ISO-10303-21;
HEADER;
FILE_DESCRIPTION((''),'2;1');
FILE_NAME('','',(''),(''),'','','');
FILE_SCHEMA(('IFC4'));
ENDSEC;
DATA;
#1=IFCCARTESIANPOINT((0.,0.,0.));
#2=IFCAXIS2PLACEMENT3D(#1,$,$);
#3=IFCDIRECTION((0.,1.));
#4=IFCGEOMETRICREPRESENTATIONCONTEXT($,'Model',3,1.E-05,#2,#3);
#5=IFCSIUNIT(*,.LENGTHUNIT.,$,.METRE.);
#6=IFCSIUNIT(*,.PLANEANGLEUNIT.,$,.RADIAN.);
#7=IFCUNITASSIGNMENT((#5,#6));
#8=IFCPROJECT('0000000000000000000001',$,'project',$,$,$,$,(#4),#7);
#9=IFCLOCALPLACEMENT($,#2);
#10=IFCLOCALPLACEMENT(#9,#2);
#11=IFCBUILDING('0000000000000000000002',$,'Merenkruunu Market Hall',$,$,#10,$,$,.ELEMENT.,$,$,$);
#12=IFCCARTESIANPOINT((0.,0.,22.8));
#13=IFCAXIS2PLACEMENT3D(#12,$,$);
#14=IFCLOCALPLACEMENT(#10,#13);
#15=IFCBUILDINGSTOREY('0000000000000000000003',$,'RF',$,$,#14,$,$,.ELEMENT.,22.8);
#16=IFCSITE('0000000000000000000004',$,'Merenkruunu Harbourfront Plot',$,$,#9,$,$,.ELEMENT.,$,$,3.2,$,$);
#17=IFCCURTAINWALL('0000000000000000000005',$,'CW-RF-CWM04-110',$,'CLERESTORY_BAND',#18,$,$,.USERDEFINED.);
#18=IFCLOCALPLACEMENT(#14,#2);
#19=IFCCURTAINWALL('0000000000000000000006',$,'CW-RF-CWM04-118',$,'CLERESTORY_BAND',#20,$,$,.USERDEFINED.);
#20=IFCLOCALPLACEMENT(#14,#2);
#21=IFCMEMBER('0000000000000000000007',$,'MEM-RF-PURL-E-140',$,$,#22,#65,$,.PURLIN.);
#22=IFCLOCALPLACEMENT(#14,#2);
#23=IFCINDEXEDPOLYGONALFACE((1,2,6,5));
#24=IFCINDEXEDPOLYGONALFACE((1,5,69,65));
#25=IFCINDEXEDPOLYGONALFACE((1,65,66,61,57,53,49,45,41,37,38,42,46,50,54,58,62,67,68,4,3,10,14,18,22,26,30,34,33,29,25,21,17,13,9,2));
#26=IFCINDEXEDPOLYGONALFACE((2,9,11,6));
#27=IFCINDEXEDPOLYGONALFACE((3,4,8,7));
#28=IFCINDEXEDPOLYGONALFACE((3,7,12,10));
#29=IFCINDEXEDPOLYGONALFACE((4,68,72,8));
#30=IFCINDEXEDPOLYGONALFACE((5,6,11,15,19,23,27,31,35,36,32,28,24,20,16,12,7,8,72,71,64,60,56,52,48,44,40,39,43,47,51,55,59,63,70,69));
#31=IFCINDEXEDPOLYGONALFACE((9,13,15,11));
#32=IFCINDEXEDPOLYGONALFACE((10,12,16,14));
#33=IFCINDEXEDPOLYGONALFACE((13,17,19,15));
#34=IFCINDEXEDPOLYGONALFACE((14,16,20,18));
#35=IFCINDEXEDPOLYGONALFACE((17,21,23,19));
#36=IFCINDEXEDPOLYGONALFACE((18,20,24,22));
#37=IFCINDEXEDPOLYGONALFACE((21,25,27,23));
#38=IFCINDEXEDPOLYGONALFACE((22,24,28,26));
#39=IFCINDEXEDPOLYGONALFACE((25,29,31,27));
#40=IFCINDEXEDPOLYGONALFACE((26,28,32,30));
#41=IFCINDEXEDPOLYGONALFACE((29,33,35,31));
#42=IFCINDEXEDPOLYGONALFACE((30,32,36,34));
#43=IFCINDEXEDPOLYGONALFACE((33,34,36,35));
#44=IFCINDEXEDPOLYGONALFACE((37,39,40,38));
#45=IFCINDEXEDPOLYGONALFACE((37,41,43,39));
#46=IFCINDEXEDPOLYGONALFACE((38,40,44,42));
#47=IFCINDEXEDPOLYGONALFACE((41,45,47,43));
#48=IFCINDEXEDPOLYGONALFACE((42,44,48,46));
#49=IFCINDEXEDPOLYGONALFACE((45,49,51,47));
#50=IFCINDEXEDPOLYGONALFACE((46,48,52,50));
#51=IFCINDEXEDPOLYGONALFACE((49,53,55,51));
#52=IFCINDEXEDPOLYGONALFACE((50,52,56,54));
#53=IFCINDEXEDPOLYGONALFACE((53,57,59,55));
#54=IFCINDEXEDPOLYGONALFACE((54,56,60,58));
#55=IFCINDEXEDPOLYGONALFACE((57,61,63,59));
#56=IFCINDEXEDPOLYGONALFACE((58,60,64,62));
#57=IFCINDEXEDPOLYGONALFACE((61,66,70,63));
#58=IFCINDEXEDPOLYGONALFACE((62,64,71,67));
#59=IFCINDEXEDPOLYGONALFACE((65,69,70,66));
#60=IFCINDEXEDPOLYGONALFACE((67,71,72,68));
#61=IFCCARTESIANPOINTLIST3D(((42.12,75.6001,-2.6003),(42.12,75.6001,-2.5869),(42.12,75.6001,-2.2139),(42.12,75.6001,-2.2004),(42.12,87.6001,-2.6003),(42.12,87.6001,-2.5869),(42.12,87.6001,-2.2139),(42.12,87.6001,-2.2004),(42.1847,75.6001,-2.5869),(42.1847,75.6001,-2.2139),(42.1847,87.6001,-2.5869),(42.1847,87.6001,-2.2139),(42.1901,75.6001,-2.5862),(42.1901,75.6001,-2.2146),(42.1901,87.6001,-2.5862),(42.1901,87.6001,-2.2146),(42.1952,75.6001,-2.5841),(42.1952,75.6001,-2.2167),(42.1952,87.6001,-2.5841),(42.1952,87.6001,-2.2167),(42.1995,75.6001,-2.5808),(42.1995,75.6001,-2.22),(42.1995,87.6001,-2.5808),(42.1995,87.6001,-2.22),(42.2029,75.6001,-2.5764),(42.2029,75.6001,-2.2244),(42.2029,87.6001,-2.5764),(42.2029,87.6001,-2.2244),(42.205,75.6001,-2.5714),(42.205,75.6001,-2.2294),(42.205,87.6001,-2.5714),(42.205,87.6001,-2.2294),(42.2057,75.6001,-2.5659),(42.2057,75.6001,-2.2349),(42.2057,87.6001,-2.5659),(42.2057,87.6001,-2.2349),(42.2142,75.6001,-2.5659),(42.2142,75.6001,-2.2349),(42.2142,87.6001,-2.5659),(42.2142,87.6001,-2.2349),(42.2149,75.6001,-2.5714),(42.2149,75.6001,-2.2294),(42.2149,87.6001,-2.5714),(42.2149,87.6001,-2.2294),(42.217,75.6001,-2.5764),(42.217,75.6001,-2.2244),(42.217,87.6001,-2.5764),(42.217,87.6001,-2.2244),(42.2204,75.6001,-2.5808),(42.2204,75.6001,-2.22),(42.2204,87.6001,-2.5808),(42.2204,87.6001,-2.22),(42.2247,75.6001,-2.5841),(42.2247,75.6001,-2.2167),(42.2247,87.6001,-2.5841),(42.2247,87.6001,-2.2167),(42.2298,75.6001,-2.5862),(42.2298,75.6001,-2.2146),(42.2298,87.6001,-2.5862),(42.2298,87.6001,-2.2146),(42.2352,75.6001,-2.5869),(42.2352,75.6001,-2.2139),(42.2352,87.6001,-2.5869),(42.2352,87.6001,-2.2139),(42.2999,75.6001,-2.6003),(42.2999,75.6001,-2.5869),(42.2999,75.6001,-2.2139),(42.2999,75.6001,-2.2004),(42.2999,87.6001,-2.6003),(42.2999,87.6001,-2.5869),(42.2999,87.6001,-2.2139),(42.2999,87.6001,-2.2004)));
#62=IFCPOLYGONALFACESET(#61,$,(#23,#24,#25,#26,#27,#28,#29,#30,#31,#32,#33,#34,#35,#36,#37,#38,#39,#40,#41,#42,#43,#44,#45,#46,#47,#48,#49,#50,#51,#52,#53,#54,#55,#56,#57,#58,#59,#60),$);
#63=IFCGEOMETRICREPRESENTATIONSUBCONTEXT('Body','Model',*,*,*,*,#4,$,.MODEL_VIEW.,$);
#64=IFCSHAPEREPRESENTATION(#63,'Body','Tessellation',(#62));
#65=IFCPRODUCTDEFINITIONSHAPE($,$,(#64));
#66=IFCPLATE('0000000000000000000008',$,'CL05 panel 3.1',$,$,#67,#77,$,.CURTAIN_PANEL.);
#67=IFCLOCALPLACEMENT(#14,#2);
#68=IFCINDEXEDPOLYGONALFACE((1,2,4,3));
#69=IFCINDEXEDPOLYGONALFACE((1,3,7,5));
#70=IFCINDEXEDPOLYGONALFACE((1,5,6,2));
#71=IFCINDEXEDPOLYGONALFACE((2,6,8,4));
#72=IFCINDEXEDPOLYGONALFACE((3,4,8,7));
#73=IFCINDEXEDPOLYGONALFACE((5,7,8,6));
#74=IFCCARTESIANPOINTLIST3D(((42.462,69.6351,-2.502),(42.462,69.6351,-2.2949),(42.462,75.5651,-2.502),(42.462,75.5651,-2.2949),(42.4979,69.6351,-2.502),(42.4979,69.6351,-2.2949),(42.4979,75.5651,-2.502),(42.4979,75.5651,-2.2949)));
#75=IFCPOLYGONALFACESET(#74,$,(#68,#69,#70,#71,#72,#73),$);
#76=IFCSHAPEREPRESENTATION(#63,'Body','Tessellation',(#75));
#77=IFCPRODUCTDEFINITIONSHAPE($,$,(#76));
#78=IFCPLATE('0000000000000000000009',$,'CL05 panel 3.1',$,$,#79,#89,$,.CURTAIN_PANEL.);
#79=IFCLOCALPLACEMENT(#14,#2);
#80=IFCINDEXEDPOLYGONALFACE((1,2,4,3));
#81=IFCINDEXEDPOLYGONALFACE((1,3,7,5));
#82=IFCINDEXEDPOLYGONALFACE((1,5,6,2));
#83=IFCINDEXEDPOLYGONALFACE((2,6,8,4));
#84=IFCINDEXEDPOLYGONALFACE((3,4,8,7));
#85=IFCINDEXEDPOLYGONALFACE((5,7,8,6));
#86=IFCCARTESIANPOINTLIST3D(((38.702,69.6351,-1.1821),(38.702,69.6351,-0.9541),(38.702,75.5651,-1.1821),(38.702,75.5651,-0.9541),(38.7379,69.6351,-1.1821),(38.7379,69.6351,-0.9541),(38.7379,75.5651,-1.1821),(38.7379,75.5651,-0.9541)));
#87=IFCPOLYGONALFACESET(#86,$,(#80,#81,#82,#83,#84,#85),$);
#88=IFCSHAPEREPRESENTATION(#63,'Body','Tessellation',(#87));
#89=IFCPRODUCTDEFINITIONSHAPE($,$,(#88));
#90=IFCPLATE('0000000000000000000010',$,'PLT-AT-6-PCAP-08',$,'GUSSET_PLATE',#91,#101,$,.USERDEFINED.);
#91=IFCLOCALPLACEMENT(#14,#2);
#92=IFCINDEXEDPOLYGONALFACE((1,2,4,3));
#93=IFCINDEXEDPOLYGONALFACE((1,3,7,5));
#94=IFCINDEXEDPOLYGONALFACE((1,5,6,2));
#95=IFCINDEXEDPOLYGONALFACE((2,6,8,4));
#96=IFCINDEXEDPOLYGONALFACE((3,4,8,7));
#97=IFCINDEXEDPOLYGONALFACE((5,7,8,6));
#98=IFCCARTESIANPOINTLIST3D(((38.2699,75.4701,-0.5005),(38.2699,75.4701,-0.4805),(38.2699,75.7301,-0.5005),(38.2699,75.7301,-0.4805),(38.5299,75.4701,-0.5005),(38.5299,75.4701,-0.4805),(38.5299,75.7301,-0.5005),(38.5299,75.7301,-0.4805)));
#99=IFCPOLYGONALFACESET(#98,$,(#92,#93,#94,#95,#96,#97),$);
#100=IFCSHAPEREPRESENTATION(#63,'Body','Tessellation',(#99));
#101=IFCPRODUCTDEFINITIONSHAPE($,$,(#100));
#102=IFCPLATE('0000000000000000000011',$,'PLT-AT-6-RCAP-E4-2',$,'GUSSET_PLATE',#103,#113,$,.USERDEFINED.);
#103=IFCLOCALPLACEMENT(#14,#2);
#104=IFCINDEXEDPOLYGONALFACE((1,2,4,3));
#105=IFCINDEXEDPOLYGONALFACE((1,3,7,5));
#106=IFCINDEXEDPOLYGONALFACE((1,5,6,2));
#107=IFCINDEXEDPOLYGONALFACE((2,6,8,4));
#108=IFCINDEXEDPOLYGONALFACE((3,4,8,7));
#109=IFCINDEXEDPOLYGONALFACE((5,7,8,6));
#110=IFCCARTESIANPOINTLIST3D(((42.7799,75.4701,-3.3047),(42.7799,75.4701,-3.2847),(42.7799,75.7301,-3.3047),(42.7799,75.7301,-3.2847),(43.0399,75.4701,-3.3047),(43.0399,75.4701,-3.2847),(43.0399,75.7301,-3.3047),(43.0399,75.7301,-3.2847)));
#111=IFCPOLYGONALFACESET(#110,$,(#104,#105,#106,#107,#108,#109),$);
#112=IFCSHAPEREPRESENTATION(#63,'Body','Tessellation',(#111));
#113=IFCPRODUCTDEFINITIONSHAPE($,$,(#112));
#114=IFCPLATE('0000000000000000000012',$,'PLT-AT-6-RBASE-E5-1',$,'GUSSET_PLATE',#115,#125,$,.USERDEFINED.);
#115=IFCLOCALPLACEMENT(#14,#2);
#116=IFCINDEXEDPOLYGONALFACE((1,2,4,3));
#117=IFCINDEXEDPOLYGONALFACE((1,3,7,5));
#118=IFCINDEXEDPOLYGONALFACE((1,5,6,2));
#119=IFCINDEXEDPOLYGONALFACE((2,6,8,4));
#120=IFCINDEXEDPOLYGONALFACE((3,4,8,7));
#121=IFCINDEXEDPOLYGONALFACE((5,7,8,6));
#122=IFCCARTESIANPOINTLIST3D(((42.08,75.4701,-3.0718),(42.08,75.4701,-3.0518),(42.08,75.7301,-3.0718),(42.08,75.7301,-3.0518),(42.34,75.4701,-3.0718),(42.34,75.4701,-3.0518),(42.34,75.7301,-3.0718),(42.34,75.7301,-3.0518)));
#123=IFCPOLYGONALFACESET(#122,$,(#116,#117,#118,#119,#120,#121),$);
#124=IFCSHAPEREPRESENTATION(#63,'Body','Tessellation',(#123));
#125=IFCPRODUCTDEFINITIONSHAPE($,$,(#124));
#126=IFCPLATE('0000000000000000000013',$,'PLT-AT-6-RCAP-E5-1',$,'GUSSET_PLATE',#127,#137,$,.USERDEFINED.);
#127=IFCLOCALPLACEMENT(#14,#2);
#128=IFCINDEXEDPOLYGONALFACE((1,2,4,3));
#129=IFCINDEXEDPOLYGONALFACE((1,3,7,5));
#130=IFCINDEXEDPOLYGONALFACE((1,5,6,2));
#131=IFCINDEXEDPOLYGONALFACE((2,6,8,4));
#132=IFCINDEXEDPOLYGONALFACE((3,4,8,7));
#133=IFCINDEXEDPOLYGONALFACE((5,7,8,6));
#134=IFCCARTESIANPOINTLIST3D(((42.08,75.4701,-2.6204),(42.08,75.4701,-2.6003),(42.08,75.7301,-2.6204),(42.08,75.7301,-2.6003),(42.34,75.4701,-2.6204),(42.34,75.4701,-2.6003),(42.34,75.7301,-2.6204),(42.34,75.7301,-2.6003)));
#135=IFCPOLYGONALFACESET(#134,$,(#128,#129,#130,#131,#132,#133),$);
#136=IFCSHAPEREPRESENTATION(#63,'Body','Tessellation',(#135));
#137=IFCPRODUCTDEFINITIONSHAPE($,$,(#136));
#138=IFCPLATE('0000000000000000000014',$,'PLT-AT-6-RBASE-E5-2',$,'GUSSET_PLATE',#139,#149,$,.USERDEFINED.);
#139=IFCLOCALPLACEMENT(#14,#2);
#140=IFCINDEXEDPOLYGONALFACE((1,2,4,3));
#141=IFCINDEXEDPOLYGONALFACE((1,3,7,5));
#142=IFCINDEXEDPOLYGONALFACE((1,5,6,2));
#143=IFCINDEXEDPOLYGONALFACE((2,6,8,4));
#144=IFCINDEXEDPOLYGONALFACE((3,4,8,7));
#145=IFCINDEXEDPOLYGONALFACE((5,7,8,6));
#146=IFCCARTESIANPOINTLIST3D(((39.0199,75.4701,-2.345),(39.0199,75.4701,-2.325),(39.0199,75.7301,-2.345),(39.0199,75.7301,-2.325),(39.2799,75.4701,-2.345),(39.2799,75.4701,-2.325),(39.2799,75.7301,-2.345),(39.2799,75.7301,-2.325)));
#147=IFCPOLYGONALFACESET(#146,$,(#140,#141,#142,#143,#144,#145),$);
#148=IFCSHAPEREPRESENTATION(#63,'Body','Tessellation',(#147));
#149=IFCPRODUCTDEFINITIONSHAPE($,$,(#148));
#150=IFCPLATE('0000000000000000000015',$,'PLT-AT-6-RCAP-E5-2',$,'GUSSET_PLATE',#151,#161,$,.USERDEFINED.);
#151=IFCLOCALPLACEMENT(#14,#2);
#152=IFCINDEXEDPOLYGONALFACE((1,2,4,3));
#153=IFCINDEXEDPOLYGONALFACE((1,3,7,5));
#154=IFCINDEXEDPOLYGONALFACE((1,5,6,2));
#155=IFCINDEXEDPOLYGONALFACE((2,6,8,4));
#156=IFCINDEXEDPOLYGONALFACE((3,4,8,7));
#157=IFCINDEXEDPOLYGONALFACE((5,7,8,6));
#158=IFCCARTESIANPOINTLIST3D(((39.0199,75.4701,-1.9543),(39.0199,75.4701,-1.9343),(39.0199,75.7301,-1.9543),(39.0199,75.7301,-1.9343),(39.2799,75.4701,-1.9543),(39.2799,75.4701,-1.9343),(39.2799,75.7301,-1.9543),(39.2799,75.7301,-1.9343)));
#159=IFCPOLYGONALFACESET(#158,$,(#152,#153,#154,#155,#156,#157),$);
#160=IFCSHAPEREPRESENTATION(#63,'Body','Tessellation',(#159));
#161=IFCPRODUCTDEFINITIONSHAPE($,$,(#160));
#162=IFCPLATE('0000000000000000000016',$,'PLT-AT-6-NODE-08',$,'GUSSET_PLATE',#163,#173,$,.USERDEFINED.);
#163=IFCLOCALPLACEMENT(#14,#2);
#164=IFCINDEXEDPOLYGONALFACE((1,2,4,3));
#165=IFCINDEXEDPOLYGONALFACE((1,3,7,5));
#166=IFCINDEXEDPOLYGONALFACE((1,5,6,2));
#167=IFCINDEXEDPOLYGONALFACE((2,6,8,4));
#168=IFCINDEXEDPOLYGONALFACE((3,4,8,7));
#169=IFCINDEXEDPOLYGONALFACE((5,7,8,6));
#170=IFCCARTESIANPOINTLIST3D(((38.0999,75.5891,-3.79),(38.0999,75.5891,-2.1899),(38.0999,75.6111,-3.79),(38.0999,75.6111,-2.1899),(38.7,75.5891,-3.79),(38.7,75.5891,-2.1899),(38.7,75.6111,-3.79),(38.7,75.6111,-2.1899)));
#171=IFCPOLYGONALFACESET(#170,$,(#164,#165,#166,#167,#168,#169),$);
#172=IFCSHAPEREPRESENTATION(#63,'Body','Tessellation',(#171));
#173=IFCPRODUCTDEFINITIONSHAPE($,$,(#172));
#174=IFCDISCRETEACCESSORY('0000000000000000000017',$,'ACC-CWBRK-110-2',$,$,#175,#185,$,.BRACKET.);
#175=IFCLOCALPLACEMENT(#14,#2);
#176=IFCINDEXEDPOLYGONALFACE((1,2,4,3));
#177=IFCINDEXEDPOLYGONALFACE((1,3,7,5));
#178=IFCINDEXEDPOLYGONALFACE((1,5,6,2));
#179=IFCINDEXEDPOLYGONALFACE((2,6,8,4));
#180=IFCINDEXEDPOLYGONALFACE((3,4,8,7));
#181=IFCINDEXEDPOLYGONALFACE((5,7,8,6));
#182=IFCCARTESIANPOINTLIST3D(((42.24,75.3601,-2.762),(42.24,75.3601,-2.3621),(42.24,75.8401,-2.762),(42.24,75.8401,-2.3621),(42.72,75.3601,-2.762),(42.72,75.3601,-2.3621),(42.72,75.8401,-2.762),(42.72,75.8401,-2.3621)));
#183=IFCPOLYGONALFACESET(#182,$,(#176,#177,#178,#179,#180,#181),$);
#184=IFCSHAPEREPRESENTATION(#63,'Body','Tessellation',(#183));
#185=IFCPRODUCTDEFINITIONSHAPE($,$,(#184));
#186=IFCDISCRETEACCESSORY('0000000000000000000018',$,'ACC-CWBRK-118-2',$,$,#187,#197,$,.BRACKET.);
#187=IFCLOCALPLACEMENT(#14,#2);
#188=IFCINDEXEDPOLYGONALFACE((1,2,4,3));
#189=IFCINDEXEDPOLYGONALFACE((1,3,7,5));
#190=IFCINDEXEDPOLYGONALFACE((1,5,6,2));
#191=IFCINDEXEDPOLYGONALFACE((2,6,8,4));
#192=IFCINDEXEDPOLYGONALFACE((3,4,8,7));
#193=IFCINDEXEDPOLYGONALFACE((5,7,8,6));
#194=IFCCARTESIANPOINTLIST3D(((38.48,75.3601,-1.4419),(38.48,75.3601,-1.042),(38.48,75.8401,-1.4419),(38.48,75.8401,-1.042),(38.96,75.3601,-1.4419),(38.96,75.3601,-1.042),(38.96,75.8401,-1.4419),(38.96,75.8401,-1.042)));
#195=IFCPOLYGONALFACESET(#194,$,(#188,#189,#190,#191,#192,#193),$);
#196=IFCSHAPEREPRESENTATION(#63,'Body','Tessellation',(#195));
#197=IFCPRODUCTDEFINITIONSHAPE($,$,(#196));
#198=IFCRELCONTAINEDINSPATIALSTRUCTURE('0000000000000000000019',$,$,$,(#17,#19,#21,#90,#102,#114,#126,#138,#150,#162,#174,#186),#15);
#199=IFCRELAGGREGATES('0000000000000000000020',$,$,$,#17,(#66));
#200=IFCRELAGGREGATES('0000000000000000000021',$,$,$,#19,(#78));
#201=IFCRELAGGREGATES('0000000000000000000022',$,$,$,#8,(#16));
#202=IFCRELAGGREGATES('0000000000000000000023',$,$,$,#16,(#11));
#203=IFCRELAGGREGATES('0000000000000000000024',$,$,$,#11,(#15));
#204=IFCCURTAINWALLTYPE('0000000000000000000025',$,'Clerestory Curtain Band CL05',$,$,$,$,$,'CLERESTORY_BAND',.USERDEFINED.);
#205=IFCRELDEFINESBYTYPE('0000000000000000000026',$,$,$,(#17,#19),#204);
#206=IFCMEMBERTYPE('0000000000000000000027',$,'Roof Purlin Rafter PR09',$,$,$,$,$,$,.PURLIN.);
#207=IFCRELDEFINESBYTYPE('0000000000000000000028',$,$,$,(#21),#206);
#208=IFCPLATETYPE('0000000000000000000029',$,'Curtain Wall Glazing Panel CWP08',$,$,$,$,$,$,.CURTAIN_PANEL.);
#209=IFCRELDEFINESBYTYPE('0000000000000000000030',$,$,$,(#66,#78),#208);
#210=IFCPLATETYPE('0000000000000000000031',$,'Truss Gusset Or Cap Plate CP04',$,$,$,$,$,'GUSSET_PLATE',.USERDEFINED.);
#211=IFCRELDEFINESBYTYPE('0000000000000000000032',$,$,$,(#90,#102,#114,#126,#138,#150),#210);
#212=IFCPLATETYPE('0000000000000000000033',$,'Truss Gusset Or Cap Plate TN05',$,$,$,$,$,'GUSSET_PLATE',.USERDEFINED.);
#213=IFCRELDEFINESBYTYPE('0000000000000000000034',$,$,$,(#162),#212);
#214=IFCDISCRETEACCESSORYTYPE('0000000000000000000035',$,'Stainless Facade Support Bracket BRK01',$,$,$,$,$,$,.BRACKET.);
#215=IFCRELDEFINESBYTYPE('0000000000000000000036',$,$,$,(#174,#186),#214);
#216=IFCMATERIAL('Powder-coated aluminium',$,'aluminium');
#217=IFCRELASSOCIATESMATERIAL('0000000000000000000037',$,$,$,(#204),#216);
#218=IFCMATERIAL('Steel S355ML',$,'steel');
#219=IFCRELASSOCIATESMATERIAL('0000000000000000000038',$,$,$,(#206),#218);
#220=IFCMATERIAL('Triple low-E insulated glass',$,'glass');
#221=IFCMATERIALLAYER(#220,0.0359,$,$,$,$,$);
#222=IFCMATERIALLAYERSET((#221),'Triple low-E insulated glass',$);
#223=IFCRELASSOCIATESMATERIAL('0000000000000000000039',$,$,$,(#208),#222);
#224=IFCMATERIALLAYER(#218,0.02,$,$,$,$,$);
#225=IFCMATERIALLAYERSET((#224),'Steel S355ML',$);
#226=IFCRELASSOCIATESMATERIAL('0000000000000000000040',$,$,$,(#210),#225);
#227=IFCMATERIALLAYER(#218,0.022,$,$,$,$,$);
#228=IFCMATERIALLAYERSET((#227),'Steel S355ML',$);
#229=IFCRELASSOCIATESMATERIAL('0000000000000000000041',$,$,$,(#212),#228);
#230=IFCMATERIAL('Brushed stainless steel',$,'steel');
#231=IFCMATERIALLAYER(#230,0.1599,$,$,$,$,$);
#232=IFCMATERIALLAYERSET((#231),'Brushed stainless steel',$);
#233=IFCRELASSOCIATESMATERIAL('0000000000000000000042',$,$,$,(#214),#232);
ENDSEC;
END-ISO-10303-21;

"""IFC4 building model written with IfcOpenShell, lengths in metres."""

from ifc_helpers import new_model, si_unit, direction, frame, origin, origin_2d, place, context, subcontext, project, spatial, rectangle, i_section, extrude, material, layer, layer_set, material_profile, profile_set, type_object, element, aggregate, save


model = new_model("IFC4")

# Units and contexts
model_context = context("Model", 3, precision=1e-05, world=origin(), true_north=direction((0.0, 1.0)))
body_context = subcontext(model_context, "Body", "Model", "MODEL_VIEW")
ifc_project = project(units=[si_unit("LENGTHUNIT", "METRE"), si_unit("PLANEANGLEUNIT", "RADIAN")], contexts=[model_context])

# Site, building, storey
site_placement = place(None, origin())
site = spatial("IfcSite", under=ifc_project, at=site_placement, Name="Merenkruunu Harbourfront Plot", CompositionType="ELEMENT", RefElevation=3.2)
building_placement = place(site_placement, origin())
building = spatial("IfcBuilding", under=site, at=building_placement, Name="Merenkruunu Market Hall", CompositionType="ELEMENT")
storey_placement = place(building_placement, frame((0.0, 0.0, 22.8)))
storey = spatial("IfcBuildingStorey", under=building, at=storey_placement, Name="RF", CompositionType="ELEMENT", Elevation=22.8)

# Shared definitions
ifc_material_1 = material(Name="Steel S355ML", Category="steel")

# Curtain walls
ifc_material_2 = material(Name="Powder-coated aluminium", Category="aluminium")
curtain_wall_type = type_object("IfcCurtainWallType", Name="Clerestory Curtain Band CL05", ElementType="CLERESTORY_BAND", PredefinedType="USERDEFINED", material=ifc_material_2)
curtain_wall_1_placement = place(storey_placement, origin())
curtain_wall_1 = element("IfcCurtainWall", 1, at=curtain_wall_1_placement, inside=storey, type_object=curtain_wall_type, Name="CW-RF-CWM04-110", ObjectType="CLERESTORY_BAND", PredefinedType="USERDEFINED")
curtain_wall_2_placement = place(storey_placement, origin())
curtain_wall_2 = element("IfcCurtainWall", 2, at=curtain_wall_2_placement, inside=storey, type_object=curtain_wall_type, Name="CW-RF-CWM04-118", ObjectType="CLERESTORY_BAND", PredefinedType="USERDEFINED")

# Member
ifc_material_profile_1 = material_profile(ifc_material_1, i_section(OverallWidth=0.1799, OverallDepth=0.3999, WebThickness=0.0085, FlangeThickness=0.0134, FilletRadius=0.021, at=origin_2d()), Name="IPE 400")
ifc_profile_set_1 = profile_set([ifc_material_profile_1], Name="Steel S355ML")
member_type_1 = type_object("IfcMemberType", Name="Roof Purlin Rafter PR09", PredefinedType="PURLIN", material=ifc_profile_set_1)
member_1_placement = place(storey_placement, frame((42.21, 75.6001, -2.4004), z_axis=(0.0, 1.0, 0.0), x_axis=(-1.0, 0.0, 0.0)))
element("IfcMember", 3, at=member_1_placement, inside=storey, type_object=member_type_1, Name="MEM-RF-PURL-E-140", PredefinedType="PURLIN", context=body_context, shape_type="SweptSolid", body=[
    extrude(i_section(OverallWidth=0.1799, OverallDepth=0.3999, WebThickness=0.0085, FlangeThickness=0.0134, FilletRadius=0.021, at=origin_2d()), origin(), (0.0, 0.0, 1.0), 12.0),
])

# Plates
ifc_material_3 = material(Name="Triple low-E insulated glass", Category="glass")
ifc_layer_1 = layer(ifc_material_3, 0.0359)
ifc_layer_set_1 = layer_set([ifc_layer_1], Name="Triple low-E insulated glass")
plate_type_1 = type_object("IfcPlateType", Name="Curtain Wall Glazing Panel CWP08", PredefinedType="CURTAIN_PANEL", material=ifc_layer_set_1)
plate_1_placement = place(storey_placement, frame((42.48, 72.6001, -2.502), z_axis=(0.0, 0.0, 1.0), x_axis=(0.0, -1.0, 0.0)))
plate_1 = element("IfcPlate", 4, at=plate_1_placement, type_object=plate_type_1, Name="CL05 panel 3.1", PredefinedType="CURTAIN_PANEL", context=body_context, shape_type="SweptSolid", body=[
    extrude(rectangle(XDim=5.9299, YDim=0.0359, at=origin_2d()), origin(), (0.0, 0.0, 1.0), 0.207),
])
aggregate(curtain_wall_1, [plate_1])
plate_2_placement = place(storey_placement, frame((38.72, 72.6001, -1.1821), z_axis=(0.0, 0.0, 1.0), x_axis=(0.0, -1.0, 0.0)))
plate_2 = element("IfcPlate", 5, at=plate_2_placement, type_object=plate_type_1, Name="CL05 panel 3.1", PredefinedType="CURTAIN_PANEL", context=body_context, shape_type="SweptSolid", body=[
    extrude(rectangle(XDim=5.9299, YDim=0.0359, at=origin_2d()), origin(), (0.0, 0.0, 1.0), 0.228),
])
aggregate(curtain_wall_2, [plate_2])

# Plates
ifc_layer_2 = layer(ifc_material_1, 0.02)
ifc_layer_set_2 = layer_set([ifc_layer_2], Name="Steel S355ML")
plate_type_2 = type_object("IfcPlateType", Name="Truss Gusset Or Cap Plate CP04", ElementType="GUSSET_PLATE", PredefinedType="USERDEFINED", material=ifc_layer_set_2)
for number, where, z_axis, x_axis, name in (
    (6, (38.3999, 75.6001, -0.5005), (0.0, 0.0, 1.0), (1.0, 0.0, 0.0), "PLT-AT-6-PCAP-08"),
    (7, (42.9099, 75.6001, -3.3047), (0.0, 0.0, 1.0), (1.0, 0.0, 0.0), "PLT-AT-6-RCAP-E4-2"),
    (8, (42.21, 75.6001, -3.0718), (0.0, 0.0, 1.0), (1.0, 0.0, 0.0), "PLT-AT-6-RBASE-E5-1"),
    (9, (42.21, 75.6001, -2.6204), (0.0, 0.0, 1.0), (1.0, 0.0, 0.0), "PLT-AT-6-RCAP-E5-1"),
    (10, (39.1499, 75.6001, -2.345), (0.0, 0.0, 1.0), (1.0, 0.0, 0.0), "PLT-AT-6-RBASE-E5-2"),
    (11, (39.1499, 75.6001, -1.9543), (0.0, 0.0, 1.0), (1.0, 0.0, 0.0), "PLT-AT-6-RCAP-E5-2"),
):
    element("IfcPlate", number, at=place(storey_placement, frame(where, z_axis=z_axis, x_axis=x_axis)), inside=storey, type_object=plate_type_2, Name=name, ObjectType="GUSSET_PLATE", PredefinedType="USERDEFINED", context=body_context, shape_type="SweptSolid", body=[
        extrude(rectangle(XDim=0.26, YDim=0.26, at=origin_2d()), origin(), (0.0, 0.0, 1.0), 0.02),
    ])
ifc_layer_3 = layer(ifc_material_1, 0.022)
ifc_layer_set_3 = layer_set([ifc_layer_3], Name="Steel S355ML")
plate_type_3 = type_object("IfcPlateType", Name="Truss Gusset Or Cap Plate TN05", ElementType="GUSSET_PLATE", PredefinedType="USERDEFINED", material=ifc_layer_set_3)
plate_3_placement = place(storey_placement, frame((38.3999, 75.6001, -3.79), z_axis=(0.0, 0.0, 1.0), x_axis=(1.0, 0.0, 0.0)))
element("IfcPlate", 12, at=plate_3_placement, inside=storey, type_object=plate_type_3, Name="PLT-AT-6-NODE-08", ObjectType="GUSSET_PLATE", PredefinedType="USERDEFINED", context=body_context, shape_type="SweptSolid", body=[
    extrude(rectangle(XDim=0.6001, YDim=0.022, at=origin_2d()), origin(), (0.0, 0.0, 1.0), 1.6001),
])

# Discrete accessories
ifc_material_4 = material(Name="Brushed stainless steel", Category="steel")
ifc_layer_4 = layer(ifc_material_4, 0.1599)
ifc_layer_set_4 = layer_set([ifc_layer_4], Name="Brushed stainless steel")
discrete_accessory_type = type_object("IfcDiscreteAccessoryType", Name="Stainless Facade Support Bracket BRK01", PredefinedType="BRACKET", material=ifc_layer_set_4)
for number, where, z_axis, x_axis, name in (
    (13, (42.48, 75.6001, -2.762), (0.0, 0.0, 1.0), (1.0, 0.0, 0.0), "ACC-CWBRK-110-2"),
    (14, (38.72, 75.6001, -1.4419), (0.0, 0.0, 1.0), (1.0, 0.0, 0.0), "ACC-CWBRK-118-2"),
):
    element("IfcDiscreteAccessory", number, at=place(storey_placement, frame(where, z_axis=z_axis, x_axis=x_axis)), inside=storey, type_object=discrete_accessory_type, Name=name, PredefinedType="BRACKET", context=body_context, shape_type="SweptSolid", body=[
        extrude(rectangle(XDim=0.48, YDim=0.48, at=origin_2d()), origin(), (0.0, 0.0, 1.0), 0.3999),
    ])

save(model, "model.ifc")
